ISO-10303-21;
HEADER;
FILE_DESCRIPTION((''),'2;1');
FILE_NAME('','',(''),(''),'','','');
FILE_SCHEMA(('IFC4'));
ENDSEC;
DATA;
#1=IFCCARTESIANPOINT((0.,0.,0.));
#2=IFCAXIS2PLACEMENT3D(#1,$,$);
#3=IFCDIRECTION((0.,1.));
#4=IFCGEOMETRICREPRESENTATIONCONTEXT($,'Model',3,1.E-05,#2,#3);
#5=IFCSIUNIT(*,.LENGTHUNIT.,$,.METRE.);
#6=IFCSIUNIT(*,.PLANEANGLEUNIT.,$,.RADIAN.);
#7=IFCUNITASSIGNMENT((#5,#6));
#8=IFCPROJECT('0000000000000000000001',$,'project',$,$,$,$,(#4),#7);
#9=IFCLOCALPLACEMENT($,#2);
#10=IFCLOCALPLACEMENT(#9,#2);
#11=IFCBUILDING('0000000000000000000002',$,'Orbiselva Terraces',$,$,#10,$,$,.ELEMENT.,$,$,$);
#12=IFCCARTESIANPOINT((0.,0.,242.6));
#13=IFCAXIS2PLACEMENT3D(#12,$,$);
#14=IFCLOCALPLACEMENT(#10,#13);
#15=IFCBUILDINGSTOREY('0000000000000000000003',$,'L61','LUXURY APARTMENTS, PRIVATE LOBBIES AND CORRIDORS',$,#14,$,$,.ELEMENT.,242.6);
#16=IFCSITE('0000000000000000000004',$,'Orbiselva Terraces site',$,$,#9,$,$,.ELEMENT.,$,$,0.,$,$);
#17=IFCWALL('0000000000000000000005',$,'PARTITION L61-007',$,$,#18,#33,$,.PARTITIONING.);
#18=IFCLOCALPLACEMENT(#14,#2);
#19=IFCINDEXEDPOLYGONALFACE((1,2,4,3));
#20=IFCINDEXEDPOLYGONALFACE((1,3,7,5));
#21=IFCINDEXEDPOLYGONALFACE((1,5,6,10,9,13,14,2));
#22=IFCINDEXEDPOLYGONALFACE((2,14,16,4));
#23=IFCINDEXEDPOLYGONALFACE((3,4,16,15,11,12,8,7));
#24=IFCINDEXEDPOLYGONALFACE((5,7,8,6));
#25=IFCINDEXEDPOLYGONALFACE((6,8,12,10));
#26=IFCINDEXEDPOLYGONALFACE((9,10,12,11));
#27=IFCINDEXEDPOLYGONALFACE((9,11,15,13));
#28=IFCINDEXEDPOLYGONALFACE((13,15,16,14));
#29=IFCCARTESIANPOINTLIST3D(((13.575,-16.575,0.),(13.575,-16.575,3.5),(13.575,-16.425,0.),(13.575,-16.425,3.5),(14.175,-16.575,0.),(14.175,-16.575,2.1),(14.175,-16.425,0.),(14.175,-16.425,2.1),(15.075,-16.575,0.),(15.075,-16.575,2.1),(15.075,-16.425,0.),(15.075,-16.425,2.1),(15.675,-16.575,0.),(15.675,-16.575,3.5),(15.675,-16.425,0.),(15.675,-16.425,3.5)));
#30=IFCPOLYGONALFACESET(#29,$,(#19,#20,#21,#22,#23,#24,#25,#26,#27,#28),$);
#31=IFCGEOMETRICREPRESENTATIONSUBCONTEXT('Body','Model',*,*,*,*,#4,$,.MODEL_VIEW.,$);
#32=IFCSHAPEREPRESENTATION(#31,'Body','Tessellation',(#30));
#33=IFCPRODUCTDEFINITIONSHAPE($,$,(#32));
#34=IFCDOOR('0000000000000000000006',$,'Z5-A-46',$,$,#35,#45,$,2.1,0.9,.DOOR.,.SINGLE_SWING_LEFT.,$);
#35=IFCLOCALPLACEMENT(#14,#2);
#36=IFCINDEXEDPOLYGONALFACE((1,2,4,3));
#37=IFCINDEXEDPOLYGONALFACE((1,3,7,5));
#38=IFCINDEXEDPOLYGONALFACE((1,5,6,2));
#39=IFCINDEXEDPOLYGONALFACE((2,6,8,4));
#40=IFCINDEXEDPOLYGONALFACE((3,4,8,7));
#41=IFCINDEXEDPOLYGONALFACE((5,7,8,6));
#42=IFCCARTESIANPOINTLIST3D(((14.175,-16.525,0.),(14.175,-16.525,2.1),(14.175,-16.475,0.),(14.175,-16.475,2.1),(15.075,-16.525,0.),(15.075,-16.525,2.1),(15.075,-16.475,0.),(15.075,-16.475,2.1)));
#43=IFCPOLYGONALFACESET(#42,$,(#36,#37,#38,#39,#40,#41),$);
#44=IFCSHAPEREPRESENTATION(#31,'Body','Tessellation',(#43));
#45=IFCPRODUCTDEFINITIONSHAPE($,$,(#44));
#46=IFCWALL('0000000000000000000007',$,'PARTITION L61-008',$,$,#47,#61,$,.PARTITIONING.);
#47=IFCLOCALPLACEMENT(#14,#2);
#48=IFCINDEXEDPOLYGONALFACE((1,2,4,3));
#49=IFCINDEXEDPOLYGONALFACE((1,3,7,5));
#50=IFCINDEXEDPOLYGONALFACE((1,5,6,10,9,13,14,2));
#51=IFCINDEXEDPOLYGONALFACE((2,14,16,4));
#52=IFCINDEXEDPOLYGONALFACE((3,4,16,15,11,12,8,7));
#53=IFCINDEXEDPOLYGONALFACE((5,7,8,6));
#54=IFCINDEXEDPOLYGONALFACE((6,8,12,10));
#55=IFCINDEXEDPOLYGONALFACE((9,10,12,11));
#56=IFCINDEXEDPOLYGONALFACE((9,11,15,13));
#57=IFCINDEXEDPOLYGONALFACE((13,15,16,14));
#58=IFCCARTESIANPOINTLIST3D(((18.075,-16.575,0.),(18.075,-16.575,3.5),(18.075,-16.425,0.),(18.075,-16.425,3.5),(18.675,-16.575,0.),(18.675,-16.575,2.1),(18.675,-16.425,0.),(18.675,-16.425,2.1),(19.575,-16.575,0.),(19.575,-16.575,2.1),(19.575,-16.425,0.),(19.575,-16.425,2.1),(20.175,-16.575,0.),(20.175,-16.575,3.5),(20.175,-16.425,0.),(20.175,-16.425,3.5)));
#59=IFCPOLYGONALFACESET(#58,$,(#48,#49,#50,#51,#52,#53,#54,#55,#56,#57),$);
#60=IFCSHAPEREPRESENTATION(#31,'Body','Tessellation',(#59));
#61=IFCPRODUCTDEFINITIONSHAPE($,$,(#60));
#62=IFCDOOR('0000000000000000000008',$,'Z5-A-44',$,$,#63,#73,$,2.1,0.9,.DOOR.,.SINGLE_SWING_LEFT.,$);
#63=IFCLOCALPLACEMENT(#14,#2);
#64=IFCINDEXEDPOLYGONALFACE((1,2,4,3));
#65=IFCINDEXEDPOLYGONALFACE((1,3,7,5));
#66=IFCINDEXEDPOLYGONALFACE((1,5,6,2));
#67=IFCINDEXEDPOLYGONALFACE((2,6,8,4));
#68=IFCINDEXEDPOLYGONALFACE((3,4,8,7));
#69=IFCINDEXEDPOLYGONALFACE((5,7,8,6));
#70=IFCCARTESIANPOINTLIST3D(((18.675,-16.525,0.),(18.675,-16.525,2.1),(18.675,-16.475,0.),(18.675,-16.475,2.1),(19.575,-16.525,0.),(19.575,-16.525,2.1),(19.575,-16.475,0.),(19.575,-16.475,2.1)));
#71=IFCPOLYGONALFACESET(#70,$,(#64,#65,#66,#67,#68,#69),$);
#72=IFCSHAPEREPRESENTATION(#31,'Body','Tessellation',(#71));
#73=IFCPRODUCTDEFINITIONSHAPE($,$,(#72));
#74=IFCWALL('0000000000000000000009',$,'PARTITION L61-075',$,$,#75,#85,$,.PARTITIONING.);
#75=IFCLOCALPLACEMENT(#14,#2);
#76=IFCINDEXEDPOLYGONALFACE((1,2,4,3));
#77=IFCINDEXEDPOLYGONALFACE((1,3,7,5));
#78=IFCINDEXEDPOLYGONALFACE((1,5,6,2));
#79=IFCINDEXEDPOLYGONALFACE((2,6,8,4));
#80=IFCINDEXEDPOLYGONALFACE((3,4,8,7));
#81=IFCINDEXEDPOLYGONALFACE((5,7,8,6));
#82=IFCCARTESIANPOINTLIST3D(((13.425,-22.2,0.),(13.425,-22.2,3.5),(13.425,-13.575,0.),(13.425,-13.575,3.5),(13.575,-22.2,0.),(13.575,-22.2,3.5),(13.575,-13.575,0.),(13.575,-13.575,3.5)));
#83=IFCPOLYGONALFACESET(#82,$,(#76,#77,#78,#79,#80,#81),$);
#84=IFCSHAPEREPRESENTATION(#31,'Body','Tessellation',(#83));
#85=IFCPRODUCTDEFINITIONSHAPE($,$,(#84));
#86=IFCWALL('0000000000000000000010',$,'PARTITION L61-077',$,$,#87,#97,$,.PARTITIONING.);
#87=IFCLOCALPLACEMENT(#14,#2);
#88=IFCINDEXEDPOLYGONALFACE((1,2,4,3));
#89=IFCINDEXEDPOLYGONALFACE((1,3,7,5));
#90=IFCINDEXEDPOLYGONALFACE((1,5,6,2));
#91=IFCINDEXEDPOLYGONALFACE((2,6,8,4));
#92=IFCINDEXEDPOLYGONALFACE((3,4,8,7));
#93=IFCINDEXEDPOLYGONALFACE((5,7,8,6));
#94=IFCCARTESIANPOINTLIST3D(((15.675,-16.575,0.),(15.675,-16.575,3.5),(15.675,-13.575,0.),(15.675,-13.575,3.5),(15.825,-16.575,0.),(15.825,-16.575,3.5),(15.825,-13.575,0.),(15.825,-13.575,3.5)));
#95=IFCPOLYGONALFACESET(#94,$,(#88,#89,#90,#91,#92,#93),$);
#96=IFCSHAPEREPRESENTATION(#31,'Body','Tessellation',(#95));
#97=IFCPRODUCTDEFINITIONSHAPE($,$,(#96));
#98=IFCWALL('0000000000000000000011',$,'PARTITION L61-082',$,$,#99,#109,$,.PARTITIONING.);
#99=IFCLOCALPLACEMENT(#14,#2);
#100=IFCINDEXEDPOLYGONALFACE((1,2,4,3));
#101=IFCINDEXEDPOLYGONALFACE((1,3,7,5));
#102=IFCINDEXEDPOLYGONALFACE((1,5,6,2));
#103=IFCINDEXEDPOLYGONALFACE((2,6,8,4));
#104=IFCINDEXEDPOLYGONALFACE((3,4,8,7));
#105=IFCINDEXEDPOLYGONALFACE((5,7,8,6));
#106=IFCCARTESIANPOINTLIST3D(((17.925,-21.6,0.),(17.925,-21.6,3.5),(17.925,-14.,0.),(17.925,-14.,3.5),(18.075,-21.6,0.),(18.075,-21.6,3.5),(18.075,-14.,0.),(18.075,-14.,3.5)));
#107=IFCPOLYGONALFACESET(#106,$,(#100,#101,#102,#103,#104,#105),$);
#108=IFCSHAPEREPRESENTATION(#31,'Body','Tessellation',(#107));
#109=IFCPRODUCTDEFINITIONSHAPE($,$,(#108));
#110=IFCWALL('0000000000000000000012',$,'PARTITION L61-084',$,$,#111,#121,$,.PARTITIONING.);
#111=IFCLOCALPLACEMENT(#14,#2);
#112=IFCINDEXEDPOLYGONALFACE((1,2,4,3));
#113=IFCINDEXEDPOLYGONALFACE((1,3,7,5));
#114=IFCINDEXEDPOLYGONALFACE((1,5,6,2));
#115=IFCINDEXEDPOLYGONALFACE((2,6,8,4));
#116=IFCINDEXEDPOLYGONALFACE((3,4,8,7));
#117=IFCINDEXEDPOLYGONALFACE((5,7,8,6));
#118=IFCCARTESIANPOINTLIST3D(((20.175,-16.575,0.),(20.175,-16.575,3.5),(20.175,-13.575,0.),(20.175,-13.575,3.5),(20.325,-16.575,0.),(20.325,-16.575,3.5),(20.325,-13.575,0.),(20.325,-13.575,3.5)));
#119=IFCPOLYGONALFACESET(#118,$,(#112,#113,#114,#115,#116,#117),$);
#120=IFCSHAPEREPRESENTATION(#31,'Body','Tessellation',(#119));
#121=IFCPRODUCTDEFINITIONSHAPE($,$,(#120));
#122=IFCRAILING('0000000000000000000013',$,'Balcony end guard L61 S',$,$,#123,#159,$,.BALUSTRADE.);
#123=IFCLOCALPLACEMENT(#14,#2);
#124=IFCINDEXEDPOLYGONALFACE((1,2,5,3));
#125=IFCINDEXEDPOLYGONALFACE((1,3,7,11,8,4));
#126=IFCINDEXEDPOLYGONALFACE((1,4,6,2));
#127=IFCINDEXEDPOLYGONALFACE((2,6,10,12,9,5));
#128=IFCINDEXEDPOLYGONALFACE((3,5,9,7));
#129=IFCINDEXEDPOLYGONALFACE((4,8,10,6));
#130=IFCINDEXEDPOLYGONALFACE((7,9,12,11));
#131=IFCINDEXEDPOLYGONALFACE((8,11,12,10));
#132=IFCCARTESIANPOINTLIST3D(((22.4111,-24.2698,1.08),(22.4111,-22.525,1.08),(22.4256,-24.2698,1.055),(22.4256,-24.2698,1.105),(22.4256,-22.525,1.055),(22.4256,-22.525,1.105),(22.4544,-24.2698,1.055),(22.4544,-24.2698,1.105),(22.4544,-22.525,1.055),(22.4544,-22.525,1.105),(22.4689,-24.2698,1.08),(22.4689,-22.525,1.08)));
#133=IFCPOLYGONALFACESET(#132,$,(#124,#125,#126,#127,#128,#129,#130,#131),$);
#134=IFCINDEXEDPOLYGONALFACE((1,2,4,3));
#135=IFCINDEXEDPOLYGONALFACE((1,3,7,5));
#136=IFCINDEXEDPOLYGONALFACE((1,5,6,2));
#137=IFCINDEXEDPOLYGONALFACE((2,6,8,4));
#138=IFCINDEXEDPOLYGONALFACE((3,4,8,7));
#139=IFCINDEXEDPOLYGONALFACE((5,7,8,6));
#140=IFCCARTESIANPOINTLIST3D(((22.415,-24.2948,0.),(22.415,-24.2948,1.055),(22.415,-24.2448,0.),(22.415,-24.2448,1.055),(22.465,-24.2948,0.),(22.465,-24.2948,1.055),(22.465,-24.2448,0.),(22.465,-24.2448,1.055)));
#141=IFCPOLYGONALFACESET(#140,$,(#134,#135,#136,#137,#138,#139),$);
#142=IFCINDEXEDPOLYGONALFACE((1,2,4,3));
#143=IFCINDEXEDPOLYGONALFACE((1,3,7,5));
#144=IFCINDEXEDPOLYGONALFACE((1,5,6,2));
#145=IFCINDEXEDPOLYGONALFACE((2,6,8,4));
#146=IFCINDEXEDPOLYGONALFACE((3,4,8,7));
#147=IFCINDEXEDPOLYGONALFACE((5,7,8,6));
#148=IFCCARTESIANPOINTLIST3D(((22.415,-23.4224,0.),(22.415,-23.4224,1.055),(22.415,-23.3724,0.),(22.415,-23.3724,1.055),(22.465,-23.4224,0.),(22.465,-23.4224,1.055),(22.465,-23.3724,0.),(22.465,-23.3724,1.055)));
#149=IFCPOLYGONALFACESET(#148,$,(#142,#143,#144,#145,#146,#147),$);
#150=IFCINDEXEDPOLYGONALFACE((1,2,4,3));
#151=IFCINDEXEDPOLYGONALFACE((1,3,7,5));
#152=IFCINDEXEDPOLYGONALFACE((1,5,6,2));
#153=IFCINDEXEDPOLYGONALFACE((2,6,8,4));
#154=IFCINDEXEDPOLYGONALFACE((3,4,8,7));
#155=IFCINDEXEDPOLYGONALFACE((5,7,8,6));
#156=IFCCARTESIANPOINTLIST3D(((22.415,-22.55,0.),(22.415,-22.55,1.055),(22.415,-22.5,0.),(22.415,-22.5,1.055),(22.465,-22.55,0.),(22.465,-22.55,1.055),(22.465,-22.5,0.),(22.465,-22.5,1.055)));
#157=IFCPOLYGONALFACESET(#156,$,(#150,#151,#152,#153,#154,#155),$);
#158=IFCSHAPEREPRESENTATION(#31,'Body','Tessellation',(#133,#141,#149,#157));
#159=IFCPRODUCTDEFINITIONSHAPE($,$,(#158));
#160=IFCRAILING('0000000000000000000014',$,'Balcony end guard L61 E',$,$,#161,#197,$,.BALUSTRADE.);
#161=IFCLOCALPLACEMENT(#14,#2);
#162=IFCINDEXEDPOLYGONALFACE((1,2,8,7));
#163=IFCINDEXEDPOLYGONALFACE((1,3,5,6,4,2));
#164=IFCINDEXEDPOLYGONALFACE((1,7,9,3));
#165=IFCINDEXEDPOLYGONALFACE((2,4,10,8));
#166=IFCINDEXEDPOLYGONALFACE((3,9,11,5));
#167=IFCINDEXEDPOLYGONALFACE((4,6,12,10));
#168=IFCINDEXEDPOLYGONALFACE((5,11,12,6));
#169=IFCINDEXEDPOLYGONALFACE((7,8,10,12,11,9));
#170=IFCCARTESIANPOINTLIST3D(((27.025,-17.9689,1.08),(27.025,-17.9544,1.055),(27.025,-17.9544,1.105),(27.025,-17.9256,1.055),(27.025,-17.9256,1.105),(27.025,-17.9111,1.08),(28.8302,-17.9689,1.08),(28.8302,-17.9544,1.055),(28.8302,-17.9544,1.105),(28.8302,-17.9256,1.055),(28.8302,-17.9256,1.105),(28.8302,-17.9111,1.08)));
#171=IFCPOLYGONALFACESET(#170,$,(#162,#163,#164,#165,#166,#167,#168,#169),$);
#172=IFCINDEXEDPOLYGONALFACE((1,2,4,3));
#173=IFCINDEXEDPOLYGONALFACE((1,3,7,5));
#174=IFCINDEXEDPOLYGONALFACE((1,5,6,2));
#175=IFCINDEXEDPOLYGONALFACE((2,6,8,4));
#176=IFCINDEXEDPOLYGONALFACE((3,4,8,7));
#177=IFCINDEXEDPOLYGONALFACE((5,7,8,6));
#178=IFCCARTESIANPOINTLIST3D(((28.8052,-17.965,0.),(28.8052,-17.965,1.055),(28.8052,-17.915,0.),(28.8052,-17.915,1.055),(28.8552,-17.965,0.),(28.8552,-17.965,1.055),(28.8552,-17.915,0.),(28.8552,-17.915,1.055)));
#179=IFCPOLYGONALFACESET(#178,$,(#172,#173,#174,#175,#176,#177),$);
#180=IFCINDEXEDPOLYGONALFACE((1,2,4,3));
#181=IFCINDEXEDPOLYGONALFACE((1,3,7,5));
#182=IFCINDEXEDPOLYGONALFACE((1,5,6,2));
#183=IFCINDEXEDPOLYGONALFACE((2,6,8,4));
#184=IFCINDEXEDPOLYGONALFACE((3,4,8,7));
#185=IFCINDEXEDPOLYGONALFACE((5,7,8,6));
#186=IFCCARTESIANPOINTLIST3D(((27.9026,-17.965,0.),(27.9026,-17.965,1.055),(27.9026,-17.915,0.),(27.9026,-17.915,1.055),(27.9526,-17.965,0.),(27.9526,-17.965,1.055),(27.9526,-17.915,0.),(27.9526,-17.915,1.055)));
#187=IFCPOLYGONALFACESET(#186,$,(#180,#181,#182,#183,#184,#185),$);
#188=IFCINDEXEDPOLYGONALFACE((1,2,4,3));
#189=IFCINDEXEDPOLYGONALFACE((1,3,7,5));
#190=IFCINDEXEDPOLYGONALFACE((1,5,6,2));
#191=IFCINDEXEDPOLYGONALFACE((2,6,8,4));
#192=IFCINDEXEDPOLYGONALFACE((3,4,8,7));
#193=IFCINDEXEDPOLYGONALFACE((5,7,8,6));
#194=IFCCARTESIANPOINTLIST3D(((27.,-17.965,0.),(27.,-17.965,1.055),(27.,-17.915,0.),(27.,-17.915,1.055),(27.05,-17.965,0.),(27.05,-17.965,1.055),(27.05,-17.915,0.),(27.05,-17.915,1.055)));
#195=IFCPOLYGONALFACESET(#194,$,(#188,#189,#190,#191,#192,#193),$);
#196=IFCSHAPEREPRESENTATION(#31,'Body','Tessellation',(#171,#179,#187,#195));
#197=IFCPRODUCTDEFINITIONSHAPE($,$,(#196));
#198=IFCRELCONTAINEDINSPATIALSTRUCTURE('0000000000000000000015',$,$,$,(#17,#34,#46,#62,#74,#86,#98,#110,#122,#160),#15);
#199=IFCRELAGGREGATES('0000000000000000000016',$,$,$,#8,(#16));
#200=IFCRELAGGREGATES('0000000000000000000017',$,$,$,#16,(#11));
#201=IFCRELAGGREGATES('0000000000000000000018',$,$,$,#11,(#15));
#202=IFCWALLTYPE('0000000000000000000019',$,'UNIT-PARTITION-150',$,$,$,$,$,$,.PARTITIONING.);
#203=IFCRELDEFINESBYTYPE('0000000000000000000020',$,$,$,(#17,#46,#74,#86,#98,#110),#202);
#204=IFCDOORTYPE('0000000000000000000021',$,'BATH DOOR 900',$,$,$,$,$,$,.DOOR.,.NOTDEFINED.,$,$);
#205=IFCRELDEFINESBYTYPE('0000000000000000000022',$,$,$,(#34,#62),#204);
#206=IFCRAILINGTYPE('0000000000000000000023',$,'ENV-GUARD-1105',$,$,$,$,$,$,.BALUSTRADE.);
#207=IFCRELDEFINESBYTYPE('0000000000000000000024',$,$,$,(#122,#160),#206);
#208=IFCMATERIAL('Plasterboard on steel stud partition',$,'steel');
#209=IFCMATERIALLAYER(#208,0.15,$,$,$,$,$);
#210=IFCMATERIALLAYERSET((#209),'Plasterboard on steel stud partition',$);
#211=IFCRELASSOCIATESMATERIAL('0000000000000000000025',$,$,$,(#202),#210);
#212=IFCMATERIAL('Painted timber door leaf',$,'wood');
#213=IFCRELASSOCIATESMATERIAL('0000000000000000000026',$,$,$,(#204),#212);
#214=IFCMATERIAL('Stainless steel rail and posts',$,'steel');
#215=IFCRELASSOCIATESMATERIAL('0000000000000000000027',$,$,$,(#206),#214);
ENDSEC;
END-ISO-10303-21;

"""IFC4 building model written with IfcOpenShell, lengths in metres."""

from ifc_helpers import new_model, si_unit, direction, frame, frame_2d, origin, origin_2d, place, context, subcontext, project, spatial, polyline, rectangle, outline, extrude, material, layer, layer_set, type_object, element, fill, save


model = new_model("IFC4")

# Units and contexts
model_context = context("Model", 3, precision=1e-05, world=origin(), true_north=direction((0.0, 1.0)))
body_context = subcontext(model_context, "Body", "Model", "MODEL_VIEW")
ifc_project = project(units=[si_unit("LENGTHUNIT", "METRE"), si_unit("PLANEANGLEUNIT", "RADIAN")], contexts=[model_context])

# Site, building, storey
site_placement = place(None, origin())
site = spatial("IfcSite", under=ifc_project, at=site_placement, Name="Orbiselva Terraces site", CompositionType="ELEMENT", RefElevation=0.0)
building_placement = place(site_placement, origin())
building = spatial("IfcBuilding", under=site, at=building_placement, Name="Orbiselva Terraces", CompositionType="ELEMENT")
storey_placement = place(building_placement, frame((0.0, 0.0, 242.6)))
storey = spatial("IfcBuildingStorey", under=building, at=storey_placement, Name="L61", Description="LUXURY APARTMENTS, PRIVATE LOBBIES AND CORRIDORS", CompositionType="ELEMENT", Elevation=242.6)

# Walls, openings, doors
ifc_material_1 = material(Name="Plasterboard on steel stud partition", Category="steel")
ifc_layer_1 = layer(ifc_material_1, 0.15)
ifc_layer_set_1 = layer_set([ifc_layer_1], Name="Plasterboard on steel stud partition")
wall_type_1 = type_object("IfcWallType", Name="UNIT-PARTITION-150", PredefinedType="PARTITIONING", material=ifc_layer_set_1)
wall_1_placement = place(storey_placement, frame((13.575, -16.5, 0.0), z_axis=(0.0, 0.0, 1.0), x_axis=(1.0, 0.0, 0.0)))
wall_1 = element("IfcWall", 1, at=wall_1_placement, inside=storey, type_object=wall_type_1, Name="PARTITION L61-007", PredefinedType="PARTITIONING", context=body_context, shape_type="SweptSolid", body=[
    extrude(rectangle(XDim=2.1, YDim=0.15, at=frame_2d((1.05, 0.0))), origin(), (0.0, 0.0, 1.0), 3.5),
])
opening_1_placement = place(wall_1_placement, frame((0.6, 0.0, 0.0)))
opening_1 = element("IfcOpeningElement", 2, at=opening_1_placement, cuts=wall_1, PredefinedType="OPENING", context=body_context, shape_type="SweptSolid", body=[
    extrude(rectangle(XDim=0.9, YDim=2.1, at=frame_2d((0.45, 1.05))), frame((0.0, 0.085, 0.0), z_axis=(0.0, -1.0, 0.0), x_axis=(1.0, 0.0, 0.0)), (0.0, 0.0, 1.0), 0.17),
])
ifc_material_2 = material(Name="Painted timber door leaf", Category="wood")
door_type_1 = type_object("IfcDoorType", Name="BATH DOOR 900", OperationType="NOTDEFINED", PredefinedType="DOOR", material=ifc_material_2)
door_1_placement = place(opening_1_placement, origin())
door_1 = element("IfcDoor", 3, at=door_1_placement, inside=storey, type_object=door_type_1, Name="Z5-A-46", OperationType="SINGLE_SWING_LEFT", OverallHeight=2.1, OverallWidth=0.9, PredefinedType="DOOR", context=body_context, shape_type="SweptSolid", body=[
    extrude(rectangle(XDim=0.9, YDim=2.1, at=frame_2d((0.45, 1.05))), frame((0.0, 0.025, 0.0), z_axis=(0.0, -1.0, 0.0), x_axis=(1.0, 0.0, 0.0)), (0.0, 0.0, 1.0), 0.05),
])
fill(opening_1, door_1)
wall_2_placement = place(storey_placement, frame((18.075, -16.5, 0.0), z_axis=(0.0, 0.0, 1.0), x_axis=(1.0, 0.0, 0.0)))
wall_2 = element("IfcWall", 4, at=wall_2_placement, inside=storey, type_object=wall_type_1, Name="PARTITION L61-008", PredefinedType="PARTITIONING", context=body_context, shape_type="SweptSolid", body=[
    extrude(rectangle(XDim=2.1, YDim=0.15, at=frame_2d((1.05, 0.0))), origin(), (0.0, 0.0, 1.0), 3.5),
])
opening_2_placement = place(wall_2_placement, frame((0.6, 0.0, 0.0)))
opening_2 = element("IfcOpeningElement", 5, at=opening_2_placement, cuts=wall_2, PredefinedType="OPENING", context=body_context, shape_type="SweptSolid", body=[
    extrude(rectangle(XDim=0.9, YDim=2.1, at=frame_2d((0.45, 1.05))), frame((0.0, 0.085, 0.0), z_axis=(0.0, -1.0, 0.0), x_axis=(1.0, 0.0, 0.0)), (0.0, 0.0, 1.0), 0.17),
])
door_2_placement = place(opening_2_placement, origin())
door_2 = element("IfcDoor", 6, at=door_2_placement, inside=storey, type_object=door_type_1, Name="Z5-A-44", OperationType="SINGLE_SWING_LEFT", OverallHeight=2.1, OverallWidth=0.9, PredefinedType="DOOR", context=body_context, shape_type="SweptSolid", body=[
    extrude(rectangle(XDim=0.9, YDim=2.1, at=frame_2d((0.45, 1.05))), frame((0.0, 0.025, 0.0), z_axis=(0.0, -1.0, 0.0), x_axis=(1.0, 0.0, 0.0)), (0.0, 0.0, 1.0), 0.05),
])
fill(opening_2, door_2)

# Walls
wall_3_placement = place(storey_placement, frame((13.5, -22.2, 0.0), z_axis=(0.0, 0.0, 1.0), x_axis=(0.0, 1.0, 0.0)))
element("IfcWall", 7, at=wall_3_placement, inside=storey, type_object=wall_type_1, Name="PARTITION L61-075", PredefinedType="PARTITIONING", context=body_context, shape_type="SweptSolid", body=[
    extrude(rectangle(XDim=8.625, YDim=0.15, at=frame_2d((4.3125, 0.0))), origin(), (0.0, 0.0, 1.0), 3.5),
])
wall_4_placement = place(storey_placement, frame((15.75, -16.575, 0.0), z_axis=(0.0, 0.0, 1.0), x_axis=(0.0, 1.0, 0.0)))
element("IfcWall", 8, at=wall_4_placement, inside=storey, type_object=wall_type_1, Name="PARTITION L61-077", PredefinedType="PARTITIONING", context=body_context, shape_type="SweptSolid", body=[
    extrude(rectangle(XDim=3.0, YDim=0.15, at=frame_2d((1.5, 0.0))), origin(), (0.0, 0.0, 1.0), 3.5),
])
wall_5_placement = place(storey_placement, frame((18.0, -21.6, 0.0), z_axis=(0.0, 0.0, 1.0), x_axis=(0.0, 1.0, 0.0)))
element("IfcWall", 9, at=wall_5_placement, inside=storey, type_object=wall_type_1, Name="PARTITION L61-082", PredefinedType="PARTITIONING", context=body_context, shape_type="SweptSolid", body=[
    extrude(rectangle(XDim=7.6, YDim=0.15, at=frame_2d((3.8, 0.0))), origin(), (0.0, 0.0, 1.0), 3.5),
])
wall_6_placement = place(storey_placement, frame((20.25, -16.575, 0.0), z_axis=(0.0, 0.0, 1.0), x_axis=(0.0, 1.0, 0.0)))
element("IfcWall", 10, at=wall_6_placement, inside=storey, type_object=wall_type_1, Name="PARTITION L61-084", PredefinedType="PARTITIONING", context=body_context, shape_type="SweptSolid", body=[
    extrude(rectangle(XDim=3.0, YDim=0.15, at=frame_2d((1.5, 0.0))), origin(), (0.0, 0.0, 1.0), 3.5),
])

# Railings
ifc_material_3 = material(Name="Stainless steel rail and posts", Category="steel")
railing_type_1 = type_object("IfcRailingType", Name="ENV-GUARD-1105", PredefinedType="BALUSTRADE", material=ifc_material_3)
railing_1_placement = place(storey_placement, frame((22.44, -24.2698, 0.0)))
element("IfcRailing", 11, at=railing_1_placement, inside=storey, type_object=railing_type_1, Name="Balcony end guard L61 S", PredefinedType="BALUSTRADE", context=body_context, shape_type="SweptSolid", body=[
    extrude(outline(polyline([(0.0289, 0.0), (0.0144, 0.025), (-0.0144, 0.025), (-0.0289, 0.0), (-0.0144, -0.025), (0.0144, -0.025), (0.0289, 0.0)])), frame((0.0, 0.0, 1.08), z_axis=(0.0, 1.0, 0.0), x_axis=(-1.0, 0.0, 0.0)), (0.0, 0.0, 1.0), 1.7448),
    extrude(rectangle(XDim=0.05, YDim=0.05, at=origin_2d()), origin(), (0.0, 0.0, 1.0), 1.055),
    extrude(rectangle(XDim=0.05, YDim=0.05, at=origin_2d()), frame((0.0, 0.8724, 0.0)), (0.0, 0.0, 1.0), 1.055),
    extrude(rectangle(XDim=0.05, YDim=0.05, at=origin_2d()), frame((0.0, 1.7448, 0.0)), (0.0, 0.0, 1.0), 1.055),
])
railing_2_placement = place(storey_placement, frame((28.8302, -17.94, 0.0)))
element("IfcRailing", 12, at=railing_2_placement, inside=storey, type_object=railing_type_1, Name="Balcony end guard L61 E", PredefinedType="BALUSTRADE", context=body_context, shape_type="SweptSolid", body=[
    extrude(outline(polyline([(0.0289, 0.0), (0.0144, 0.025), (-0.0144, 0.025), (-0.0289, 0.0), (-0.0144, -0.025), (0.0144, -0.025), (0.0289, 0.0)])), frame((0.0, 0.0, 1.08), z_axis=(-1.0, 0.0, 0.0), x_axis=(0.0, -1.0, 0.0)), (0.0, 0.0, 1.0), 1.8052),
    extrude(rectangle(XDim=0.05, YDim=0.05, at=origin_2d()), origin(), (0.0, 0.0, 1.0), 1.055),
    extrude(rectangle(XDim=0.05, YDim=0.05, at=origin_2d()), frame((-0.9026, 0.0, 0.0)), (0.0, 0.0, 1.0), 1.055),
    extrude(rectangle(XDim=0.05, YDim=0.05, at=origin_2d()), frame((-1.8052, 0.0, 0.0)), (0.0, 0.0, 1.0), 1.055),
])

save(model, "model.ifc")
